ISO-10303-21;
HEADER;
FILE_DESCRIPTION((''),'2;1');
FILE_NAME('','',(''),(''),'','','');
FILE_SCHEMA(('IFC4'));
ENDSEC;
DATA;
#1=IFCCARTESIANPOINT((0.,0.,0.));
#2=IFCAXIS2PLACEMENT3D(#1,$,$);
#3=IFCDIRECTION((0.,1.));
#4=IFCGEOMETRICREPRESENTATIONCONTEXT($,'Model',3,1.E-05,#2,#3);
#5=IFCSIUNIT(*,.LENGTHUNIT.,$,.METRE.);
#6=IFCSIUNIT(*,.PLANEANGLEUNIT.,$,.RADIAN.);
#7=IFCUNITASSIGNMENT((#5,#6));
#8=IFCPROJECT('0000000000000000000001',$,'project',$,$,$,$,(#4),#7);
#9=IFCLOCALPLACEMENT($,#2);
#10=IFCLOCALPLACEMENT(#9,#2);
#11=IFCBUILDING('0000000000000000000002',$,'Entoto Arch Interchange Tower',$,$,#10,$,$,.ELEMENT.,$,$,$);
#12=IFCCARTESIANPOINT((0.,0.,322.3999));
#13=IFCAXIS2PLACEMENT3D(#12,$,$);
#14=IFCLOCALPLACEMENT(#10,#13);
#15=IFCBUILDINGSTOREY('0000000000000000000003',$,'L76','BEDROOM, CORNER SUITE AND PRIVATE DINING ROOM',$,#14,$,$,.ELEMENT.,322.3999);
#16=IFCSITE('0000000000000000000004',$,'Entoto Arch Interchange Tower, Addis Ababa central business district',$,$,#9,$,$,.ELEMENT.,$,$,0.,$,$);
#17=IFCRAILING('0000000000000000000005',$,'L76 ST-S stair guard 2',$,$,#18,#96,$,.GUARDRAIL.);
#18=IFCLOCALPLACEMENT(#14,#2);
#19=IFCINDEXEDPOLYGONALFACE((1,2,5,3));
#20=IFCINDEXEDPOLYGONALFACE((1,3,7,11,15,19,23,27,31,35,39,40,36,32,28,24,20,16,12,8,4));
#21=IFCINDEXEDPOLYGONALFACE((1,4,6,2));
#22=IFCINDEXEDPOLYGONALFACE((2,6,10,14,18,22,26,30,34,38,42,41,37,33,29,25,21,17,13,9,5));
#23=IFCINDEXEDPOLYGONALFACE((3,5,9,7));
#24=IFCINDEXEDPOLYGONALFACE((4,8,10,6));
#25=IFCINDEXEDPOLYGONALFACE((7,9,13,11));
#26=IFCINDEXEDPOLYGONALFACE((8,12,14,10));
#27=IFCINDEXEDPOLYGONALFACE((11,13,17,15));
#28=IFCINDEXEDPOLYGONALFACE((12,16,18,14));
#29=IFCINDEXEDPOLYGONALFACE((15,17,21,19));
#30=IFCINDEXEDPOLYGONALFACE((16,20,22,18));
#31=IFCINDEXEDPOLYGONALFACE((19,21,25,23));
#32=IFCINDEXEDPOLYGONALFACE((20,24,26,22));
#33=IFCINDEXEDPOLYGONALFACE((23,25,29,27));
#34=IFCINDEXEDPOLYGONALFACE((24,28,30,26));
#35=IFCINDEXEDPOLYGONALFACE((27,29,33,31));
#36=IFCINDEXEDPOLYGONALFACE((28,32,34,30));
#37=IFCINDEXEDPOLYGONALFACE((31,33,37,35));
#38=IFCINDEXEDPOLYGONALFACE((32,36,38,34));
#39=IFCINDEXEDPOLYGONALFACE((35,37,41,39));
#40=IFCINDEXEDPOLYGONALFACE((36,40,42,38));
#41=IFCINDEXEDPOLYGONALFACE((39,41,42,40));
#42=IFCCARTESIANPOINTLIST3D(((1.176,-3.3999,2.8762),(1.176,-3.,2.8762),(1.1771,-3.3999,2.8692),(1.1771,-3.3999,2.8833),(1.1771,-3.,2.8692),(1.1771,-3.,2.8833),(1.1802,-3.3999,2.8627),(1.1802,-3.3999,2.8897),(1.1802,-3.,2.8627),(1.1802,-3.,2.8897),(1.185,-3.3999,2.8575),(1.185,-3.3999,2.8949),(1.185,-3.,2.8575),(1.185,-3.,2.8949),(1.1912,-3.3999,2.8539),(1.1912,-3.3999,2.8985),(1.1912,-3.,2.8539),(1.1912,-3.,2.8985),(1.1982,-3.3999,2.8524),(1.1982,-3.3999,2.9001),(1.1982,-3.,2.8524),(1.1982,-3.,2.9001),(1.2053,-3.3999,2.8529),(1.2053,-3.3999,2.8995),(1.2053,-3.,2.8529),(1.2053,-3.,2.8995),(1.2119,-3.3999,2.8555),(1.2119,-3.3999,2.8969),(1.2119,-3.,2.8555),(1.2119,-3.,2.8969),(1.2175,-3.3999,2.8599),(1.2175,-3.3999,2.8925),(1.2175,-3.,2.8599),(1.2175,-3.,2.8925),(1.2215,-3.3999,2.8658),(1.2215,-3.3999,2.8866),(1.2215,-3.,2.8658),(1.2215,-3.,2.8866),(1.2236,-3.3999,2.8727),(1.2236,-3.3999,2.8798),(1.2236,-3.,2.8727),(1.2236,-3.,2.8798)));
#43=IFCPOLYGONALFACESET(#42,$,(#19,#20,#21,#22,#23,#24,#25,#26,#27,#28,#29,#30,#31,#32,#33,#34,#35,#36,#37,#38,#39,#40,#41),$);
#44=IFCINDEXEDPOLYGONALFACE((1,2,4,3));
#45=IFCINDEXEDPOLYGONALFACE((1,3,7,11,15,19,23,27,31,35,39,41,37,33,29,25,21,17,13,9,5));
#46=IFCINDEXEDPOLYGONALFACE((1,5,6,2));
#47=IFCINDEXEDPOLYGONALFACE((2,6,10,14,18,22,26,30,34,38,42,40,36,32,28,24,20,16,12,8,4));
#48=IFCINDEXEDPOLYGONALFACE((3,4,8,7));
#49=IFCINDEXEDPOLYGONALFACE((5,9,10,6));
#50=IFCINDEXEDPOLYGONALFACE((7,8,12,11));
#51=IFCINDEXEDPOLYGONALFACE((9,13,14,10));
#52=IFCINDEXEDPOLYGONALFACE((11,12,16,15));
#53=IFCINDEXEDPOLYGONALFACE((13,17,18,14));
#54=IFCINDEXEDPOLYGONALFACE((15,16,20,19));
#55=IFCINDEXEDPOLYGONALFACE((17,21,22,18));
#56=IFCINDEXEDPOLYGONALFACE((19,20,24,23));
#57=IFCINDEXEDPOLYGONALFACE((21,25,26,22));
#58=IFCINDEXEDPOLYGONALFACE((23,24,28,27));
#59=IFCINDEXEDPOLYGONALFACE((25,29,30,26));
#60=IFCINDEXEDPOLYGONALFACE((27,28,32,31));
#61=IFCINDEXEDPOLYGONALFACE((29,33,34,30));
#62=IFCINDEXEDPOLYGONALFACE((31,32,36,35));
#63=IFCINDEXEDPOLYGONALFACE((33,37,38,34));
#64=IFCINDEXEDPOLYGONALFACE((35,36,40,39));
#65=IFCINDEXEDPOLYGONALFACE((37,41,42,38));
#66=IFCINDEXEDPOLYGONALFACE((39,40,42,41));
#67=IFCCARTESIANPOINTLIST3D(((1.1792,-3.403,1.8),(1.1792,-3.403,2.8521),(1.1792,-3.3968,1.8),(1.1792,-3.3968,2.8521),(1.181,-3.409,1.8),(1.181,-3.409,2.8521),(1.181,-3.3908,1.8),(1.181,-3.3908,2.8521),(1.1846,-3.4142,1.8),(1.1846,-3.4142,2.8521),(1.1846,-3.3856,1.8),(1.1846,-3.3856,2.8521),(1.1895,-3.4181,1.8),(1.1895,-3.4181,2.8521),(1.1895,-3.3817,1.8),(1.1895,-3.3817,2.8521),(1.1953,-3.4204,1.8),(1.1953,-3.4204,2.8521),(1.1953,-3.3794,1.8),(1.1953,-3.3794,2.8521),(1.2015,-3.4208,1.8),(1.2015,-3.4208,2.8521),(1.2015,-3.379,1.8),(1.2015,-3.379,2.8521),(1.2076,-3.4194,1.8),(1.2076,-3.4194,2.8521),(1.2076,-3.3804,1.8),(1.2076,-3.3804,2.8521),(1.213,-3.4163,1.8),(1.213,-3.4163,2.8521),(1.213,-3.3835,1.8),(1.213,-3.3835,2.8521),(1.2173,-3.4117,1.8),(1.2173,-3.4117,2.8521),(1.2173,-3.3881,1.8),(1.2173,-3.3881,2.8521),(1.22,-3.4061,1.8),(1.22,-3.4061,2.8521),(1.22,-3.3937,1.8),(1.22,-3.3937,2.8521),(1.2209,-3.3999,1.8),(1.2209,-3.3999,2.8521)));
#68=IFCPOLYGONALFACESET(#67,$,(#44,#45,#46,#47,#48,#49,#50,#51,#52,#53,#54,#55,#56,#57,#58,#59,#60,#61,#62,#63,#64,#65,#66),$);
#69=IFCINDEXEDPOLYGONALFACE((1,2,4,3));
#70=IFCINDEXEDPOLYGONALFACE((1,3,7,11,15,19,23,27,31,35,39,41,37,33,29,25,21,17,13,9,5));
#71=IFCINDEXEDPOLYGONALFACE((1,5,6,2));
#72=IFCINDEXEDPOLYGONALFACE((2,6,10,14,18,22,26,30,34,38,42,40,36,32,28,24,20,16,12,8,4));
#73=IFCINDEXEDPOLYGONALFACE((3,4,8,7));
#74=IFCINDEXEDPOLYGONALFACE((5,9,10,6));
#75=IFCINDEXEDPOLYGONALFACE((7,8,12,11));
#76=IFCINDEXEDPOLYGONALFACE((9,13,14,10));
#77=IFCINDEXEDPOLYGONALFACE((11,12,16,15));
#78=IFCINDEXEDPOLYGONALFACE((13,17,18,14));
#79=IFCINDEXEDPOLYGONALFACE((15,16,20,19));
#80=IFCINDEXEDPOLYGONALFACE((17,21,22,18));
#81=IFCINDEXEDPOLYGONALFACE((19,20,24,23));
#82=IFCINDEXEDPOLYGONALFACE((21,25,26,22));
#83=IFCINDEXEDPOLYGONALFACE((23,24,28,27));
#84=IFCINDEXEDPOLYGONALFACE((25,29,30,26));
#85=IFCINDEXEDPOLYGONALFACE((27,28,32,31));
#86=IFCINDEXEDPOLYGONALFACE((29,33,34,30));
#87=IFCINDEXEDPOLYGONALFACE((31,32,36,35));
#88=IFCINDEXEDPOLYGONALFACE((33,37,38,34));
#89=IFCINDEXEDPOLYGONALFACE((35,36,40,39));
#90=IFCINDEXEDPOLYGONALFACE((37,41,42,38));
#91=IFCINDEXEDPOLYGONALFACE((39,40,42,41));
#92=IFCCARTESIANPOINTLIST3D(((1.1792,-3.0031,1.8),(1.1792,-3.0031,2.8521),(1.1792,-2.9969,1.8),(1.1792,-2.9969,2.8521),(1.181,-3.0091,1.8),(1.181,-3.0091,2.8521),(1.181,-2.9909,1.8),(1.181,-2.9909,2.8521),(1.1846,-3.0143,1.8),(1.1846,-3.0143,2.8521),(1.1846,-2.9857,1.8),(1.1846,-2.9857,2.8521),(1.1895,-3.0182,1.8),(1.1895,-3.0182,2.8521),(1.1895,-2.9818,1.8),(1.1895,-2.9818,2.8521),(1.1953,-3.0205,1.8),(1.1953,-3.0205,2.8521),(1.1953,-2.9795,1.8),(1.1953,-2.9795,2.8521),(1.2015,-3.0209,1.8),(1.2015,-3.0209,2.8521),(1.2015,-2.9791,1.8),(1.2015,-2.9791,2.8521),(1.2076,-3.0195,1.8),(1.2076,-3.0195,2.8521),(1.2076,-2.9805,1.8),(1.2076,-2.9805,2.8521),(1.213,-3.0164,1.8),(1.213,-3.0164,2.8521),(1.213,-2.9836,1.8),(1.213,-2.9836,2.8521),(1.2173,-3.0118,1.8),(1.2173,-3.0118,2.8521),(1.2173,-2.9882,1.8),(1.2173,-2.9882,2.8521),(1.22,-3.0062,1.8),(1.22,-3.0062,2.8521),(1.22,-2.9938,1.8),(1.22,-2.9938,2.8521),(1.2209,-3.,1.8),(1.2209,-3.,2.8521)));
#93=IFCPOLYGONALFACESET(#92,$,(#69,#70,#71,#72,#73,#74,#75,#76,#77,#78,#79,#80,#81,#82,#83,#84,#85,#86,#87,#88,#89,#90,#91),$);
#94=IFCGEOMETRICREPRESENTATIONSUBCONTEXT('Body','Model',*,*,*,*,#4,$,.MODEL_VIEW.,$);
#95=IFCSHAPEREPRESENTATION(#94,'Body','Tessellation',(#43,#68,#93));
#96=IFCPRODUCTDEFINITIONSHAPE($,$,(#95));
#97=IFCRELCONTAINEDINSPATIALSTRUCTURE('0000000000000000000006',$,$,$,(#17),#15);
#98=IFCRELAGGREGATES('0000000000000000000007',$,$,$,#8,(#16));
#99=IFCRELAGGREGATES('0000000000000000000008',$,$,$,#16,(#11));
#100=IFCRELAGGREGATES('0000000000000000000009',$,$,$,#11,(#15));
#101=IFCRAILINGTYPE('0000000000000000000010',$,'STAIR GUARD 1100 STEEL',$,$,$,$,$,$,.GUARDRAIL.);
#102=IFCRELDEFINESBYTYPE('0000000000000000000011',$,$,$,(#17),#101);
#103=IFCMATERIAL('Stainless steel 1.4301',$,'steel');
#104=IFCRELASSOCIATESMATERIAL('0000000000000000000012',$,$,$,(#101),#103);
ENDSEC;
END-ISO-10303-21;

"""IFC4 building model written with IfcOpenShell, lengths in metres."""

from ifc_helpers import new_model, si_unit, direction, frame, origin, origin_2d, place, context, subcontext, project, spatial, circle, extrude, material, type_object, element, save


model = new_model("IFC4")

# Units and contexts
model_context = context("Model", 3, precision=1e-05, world=origin(), true_north=direction((0.0, 1.0)))
body_context = subcontext(model_context, "Body", "Model", "MODEL_VIEW")
ifc_project = project(units=[si_unit("LENGTHUNIT", "METRE"), si_unit("PLANEANGLEUNIT", "RADIAN")], contexts=[model_context])

# Site, building, storey
site_placement = place(None, origin())
site = spatial("IfcSite", under=ifc_project, at=site_placement, Name="Entoto Arch Interchange Tower, Addis Ababa central business district", CompositionType="ELEMENT", RefElevation=0.0)
building_placement = place(site_placement, origin())
building = spatial("IfcBuilding", under=site, at=building_placement, Name="Entoto Arch Interchange Tower", CompositionType="ELEMENT")
storey_placement = place(building_placement, frame((0.0, 0.0, 322.3999)))
storey = spatial("IfcBuildingStorey", under=building, at=storey_placement, Name="L76", Description="BEDROOM, CORNER SUITE AND PRIVATE DINING ROOM", CompositionType="ELEMENT", Elevation=322.3999)

# Railing
ifc_material_1 = material(Name="Stainless steel 1.4301", Category="steel")
railing_type_1 = type_object("IfcRailingType", Name="STAIR GUARD 1100 STEEL", PredefinedType="GUARDRAIL", material=ifc_material_1)
railing_1_placement = place(storey_placement, frame((1.2, -3.3999, 1.8)))
element("IfcRailing", 1, at=railing_1_placement, inside=storey, type_object=railing_type_1, Name="L76 ST-S stair guard 2", PredefinedType="GUARDRAIL", context=body_context, shape_type="SweptSolid", body=[
    extrude(circle(Radius=0.0239, at=origin_2d()), frame((0.0, 0.0, 1.0762), z_axis=(0.0, 1.0, 0.0), x_axis=(-1.0, 0.0, 0.0)), (0.0, 0.0, 1.0), 0.3999),
    extrude(circle(Radius=0.021, at=origin_2d()), origin(), (0.0, 0.0, 1.0), 1.052),
    extrude(circle(Radius=0.021, at=origin_2d()), frame((0.0, 0.3999, 0.0)), (0.0, 0.0, 1.0), 1.052),
])

save(model, "model.ifc")
